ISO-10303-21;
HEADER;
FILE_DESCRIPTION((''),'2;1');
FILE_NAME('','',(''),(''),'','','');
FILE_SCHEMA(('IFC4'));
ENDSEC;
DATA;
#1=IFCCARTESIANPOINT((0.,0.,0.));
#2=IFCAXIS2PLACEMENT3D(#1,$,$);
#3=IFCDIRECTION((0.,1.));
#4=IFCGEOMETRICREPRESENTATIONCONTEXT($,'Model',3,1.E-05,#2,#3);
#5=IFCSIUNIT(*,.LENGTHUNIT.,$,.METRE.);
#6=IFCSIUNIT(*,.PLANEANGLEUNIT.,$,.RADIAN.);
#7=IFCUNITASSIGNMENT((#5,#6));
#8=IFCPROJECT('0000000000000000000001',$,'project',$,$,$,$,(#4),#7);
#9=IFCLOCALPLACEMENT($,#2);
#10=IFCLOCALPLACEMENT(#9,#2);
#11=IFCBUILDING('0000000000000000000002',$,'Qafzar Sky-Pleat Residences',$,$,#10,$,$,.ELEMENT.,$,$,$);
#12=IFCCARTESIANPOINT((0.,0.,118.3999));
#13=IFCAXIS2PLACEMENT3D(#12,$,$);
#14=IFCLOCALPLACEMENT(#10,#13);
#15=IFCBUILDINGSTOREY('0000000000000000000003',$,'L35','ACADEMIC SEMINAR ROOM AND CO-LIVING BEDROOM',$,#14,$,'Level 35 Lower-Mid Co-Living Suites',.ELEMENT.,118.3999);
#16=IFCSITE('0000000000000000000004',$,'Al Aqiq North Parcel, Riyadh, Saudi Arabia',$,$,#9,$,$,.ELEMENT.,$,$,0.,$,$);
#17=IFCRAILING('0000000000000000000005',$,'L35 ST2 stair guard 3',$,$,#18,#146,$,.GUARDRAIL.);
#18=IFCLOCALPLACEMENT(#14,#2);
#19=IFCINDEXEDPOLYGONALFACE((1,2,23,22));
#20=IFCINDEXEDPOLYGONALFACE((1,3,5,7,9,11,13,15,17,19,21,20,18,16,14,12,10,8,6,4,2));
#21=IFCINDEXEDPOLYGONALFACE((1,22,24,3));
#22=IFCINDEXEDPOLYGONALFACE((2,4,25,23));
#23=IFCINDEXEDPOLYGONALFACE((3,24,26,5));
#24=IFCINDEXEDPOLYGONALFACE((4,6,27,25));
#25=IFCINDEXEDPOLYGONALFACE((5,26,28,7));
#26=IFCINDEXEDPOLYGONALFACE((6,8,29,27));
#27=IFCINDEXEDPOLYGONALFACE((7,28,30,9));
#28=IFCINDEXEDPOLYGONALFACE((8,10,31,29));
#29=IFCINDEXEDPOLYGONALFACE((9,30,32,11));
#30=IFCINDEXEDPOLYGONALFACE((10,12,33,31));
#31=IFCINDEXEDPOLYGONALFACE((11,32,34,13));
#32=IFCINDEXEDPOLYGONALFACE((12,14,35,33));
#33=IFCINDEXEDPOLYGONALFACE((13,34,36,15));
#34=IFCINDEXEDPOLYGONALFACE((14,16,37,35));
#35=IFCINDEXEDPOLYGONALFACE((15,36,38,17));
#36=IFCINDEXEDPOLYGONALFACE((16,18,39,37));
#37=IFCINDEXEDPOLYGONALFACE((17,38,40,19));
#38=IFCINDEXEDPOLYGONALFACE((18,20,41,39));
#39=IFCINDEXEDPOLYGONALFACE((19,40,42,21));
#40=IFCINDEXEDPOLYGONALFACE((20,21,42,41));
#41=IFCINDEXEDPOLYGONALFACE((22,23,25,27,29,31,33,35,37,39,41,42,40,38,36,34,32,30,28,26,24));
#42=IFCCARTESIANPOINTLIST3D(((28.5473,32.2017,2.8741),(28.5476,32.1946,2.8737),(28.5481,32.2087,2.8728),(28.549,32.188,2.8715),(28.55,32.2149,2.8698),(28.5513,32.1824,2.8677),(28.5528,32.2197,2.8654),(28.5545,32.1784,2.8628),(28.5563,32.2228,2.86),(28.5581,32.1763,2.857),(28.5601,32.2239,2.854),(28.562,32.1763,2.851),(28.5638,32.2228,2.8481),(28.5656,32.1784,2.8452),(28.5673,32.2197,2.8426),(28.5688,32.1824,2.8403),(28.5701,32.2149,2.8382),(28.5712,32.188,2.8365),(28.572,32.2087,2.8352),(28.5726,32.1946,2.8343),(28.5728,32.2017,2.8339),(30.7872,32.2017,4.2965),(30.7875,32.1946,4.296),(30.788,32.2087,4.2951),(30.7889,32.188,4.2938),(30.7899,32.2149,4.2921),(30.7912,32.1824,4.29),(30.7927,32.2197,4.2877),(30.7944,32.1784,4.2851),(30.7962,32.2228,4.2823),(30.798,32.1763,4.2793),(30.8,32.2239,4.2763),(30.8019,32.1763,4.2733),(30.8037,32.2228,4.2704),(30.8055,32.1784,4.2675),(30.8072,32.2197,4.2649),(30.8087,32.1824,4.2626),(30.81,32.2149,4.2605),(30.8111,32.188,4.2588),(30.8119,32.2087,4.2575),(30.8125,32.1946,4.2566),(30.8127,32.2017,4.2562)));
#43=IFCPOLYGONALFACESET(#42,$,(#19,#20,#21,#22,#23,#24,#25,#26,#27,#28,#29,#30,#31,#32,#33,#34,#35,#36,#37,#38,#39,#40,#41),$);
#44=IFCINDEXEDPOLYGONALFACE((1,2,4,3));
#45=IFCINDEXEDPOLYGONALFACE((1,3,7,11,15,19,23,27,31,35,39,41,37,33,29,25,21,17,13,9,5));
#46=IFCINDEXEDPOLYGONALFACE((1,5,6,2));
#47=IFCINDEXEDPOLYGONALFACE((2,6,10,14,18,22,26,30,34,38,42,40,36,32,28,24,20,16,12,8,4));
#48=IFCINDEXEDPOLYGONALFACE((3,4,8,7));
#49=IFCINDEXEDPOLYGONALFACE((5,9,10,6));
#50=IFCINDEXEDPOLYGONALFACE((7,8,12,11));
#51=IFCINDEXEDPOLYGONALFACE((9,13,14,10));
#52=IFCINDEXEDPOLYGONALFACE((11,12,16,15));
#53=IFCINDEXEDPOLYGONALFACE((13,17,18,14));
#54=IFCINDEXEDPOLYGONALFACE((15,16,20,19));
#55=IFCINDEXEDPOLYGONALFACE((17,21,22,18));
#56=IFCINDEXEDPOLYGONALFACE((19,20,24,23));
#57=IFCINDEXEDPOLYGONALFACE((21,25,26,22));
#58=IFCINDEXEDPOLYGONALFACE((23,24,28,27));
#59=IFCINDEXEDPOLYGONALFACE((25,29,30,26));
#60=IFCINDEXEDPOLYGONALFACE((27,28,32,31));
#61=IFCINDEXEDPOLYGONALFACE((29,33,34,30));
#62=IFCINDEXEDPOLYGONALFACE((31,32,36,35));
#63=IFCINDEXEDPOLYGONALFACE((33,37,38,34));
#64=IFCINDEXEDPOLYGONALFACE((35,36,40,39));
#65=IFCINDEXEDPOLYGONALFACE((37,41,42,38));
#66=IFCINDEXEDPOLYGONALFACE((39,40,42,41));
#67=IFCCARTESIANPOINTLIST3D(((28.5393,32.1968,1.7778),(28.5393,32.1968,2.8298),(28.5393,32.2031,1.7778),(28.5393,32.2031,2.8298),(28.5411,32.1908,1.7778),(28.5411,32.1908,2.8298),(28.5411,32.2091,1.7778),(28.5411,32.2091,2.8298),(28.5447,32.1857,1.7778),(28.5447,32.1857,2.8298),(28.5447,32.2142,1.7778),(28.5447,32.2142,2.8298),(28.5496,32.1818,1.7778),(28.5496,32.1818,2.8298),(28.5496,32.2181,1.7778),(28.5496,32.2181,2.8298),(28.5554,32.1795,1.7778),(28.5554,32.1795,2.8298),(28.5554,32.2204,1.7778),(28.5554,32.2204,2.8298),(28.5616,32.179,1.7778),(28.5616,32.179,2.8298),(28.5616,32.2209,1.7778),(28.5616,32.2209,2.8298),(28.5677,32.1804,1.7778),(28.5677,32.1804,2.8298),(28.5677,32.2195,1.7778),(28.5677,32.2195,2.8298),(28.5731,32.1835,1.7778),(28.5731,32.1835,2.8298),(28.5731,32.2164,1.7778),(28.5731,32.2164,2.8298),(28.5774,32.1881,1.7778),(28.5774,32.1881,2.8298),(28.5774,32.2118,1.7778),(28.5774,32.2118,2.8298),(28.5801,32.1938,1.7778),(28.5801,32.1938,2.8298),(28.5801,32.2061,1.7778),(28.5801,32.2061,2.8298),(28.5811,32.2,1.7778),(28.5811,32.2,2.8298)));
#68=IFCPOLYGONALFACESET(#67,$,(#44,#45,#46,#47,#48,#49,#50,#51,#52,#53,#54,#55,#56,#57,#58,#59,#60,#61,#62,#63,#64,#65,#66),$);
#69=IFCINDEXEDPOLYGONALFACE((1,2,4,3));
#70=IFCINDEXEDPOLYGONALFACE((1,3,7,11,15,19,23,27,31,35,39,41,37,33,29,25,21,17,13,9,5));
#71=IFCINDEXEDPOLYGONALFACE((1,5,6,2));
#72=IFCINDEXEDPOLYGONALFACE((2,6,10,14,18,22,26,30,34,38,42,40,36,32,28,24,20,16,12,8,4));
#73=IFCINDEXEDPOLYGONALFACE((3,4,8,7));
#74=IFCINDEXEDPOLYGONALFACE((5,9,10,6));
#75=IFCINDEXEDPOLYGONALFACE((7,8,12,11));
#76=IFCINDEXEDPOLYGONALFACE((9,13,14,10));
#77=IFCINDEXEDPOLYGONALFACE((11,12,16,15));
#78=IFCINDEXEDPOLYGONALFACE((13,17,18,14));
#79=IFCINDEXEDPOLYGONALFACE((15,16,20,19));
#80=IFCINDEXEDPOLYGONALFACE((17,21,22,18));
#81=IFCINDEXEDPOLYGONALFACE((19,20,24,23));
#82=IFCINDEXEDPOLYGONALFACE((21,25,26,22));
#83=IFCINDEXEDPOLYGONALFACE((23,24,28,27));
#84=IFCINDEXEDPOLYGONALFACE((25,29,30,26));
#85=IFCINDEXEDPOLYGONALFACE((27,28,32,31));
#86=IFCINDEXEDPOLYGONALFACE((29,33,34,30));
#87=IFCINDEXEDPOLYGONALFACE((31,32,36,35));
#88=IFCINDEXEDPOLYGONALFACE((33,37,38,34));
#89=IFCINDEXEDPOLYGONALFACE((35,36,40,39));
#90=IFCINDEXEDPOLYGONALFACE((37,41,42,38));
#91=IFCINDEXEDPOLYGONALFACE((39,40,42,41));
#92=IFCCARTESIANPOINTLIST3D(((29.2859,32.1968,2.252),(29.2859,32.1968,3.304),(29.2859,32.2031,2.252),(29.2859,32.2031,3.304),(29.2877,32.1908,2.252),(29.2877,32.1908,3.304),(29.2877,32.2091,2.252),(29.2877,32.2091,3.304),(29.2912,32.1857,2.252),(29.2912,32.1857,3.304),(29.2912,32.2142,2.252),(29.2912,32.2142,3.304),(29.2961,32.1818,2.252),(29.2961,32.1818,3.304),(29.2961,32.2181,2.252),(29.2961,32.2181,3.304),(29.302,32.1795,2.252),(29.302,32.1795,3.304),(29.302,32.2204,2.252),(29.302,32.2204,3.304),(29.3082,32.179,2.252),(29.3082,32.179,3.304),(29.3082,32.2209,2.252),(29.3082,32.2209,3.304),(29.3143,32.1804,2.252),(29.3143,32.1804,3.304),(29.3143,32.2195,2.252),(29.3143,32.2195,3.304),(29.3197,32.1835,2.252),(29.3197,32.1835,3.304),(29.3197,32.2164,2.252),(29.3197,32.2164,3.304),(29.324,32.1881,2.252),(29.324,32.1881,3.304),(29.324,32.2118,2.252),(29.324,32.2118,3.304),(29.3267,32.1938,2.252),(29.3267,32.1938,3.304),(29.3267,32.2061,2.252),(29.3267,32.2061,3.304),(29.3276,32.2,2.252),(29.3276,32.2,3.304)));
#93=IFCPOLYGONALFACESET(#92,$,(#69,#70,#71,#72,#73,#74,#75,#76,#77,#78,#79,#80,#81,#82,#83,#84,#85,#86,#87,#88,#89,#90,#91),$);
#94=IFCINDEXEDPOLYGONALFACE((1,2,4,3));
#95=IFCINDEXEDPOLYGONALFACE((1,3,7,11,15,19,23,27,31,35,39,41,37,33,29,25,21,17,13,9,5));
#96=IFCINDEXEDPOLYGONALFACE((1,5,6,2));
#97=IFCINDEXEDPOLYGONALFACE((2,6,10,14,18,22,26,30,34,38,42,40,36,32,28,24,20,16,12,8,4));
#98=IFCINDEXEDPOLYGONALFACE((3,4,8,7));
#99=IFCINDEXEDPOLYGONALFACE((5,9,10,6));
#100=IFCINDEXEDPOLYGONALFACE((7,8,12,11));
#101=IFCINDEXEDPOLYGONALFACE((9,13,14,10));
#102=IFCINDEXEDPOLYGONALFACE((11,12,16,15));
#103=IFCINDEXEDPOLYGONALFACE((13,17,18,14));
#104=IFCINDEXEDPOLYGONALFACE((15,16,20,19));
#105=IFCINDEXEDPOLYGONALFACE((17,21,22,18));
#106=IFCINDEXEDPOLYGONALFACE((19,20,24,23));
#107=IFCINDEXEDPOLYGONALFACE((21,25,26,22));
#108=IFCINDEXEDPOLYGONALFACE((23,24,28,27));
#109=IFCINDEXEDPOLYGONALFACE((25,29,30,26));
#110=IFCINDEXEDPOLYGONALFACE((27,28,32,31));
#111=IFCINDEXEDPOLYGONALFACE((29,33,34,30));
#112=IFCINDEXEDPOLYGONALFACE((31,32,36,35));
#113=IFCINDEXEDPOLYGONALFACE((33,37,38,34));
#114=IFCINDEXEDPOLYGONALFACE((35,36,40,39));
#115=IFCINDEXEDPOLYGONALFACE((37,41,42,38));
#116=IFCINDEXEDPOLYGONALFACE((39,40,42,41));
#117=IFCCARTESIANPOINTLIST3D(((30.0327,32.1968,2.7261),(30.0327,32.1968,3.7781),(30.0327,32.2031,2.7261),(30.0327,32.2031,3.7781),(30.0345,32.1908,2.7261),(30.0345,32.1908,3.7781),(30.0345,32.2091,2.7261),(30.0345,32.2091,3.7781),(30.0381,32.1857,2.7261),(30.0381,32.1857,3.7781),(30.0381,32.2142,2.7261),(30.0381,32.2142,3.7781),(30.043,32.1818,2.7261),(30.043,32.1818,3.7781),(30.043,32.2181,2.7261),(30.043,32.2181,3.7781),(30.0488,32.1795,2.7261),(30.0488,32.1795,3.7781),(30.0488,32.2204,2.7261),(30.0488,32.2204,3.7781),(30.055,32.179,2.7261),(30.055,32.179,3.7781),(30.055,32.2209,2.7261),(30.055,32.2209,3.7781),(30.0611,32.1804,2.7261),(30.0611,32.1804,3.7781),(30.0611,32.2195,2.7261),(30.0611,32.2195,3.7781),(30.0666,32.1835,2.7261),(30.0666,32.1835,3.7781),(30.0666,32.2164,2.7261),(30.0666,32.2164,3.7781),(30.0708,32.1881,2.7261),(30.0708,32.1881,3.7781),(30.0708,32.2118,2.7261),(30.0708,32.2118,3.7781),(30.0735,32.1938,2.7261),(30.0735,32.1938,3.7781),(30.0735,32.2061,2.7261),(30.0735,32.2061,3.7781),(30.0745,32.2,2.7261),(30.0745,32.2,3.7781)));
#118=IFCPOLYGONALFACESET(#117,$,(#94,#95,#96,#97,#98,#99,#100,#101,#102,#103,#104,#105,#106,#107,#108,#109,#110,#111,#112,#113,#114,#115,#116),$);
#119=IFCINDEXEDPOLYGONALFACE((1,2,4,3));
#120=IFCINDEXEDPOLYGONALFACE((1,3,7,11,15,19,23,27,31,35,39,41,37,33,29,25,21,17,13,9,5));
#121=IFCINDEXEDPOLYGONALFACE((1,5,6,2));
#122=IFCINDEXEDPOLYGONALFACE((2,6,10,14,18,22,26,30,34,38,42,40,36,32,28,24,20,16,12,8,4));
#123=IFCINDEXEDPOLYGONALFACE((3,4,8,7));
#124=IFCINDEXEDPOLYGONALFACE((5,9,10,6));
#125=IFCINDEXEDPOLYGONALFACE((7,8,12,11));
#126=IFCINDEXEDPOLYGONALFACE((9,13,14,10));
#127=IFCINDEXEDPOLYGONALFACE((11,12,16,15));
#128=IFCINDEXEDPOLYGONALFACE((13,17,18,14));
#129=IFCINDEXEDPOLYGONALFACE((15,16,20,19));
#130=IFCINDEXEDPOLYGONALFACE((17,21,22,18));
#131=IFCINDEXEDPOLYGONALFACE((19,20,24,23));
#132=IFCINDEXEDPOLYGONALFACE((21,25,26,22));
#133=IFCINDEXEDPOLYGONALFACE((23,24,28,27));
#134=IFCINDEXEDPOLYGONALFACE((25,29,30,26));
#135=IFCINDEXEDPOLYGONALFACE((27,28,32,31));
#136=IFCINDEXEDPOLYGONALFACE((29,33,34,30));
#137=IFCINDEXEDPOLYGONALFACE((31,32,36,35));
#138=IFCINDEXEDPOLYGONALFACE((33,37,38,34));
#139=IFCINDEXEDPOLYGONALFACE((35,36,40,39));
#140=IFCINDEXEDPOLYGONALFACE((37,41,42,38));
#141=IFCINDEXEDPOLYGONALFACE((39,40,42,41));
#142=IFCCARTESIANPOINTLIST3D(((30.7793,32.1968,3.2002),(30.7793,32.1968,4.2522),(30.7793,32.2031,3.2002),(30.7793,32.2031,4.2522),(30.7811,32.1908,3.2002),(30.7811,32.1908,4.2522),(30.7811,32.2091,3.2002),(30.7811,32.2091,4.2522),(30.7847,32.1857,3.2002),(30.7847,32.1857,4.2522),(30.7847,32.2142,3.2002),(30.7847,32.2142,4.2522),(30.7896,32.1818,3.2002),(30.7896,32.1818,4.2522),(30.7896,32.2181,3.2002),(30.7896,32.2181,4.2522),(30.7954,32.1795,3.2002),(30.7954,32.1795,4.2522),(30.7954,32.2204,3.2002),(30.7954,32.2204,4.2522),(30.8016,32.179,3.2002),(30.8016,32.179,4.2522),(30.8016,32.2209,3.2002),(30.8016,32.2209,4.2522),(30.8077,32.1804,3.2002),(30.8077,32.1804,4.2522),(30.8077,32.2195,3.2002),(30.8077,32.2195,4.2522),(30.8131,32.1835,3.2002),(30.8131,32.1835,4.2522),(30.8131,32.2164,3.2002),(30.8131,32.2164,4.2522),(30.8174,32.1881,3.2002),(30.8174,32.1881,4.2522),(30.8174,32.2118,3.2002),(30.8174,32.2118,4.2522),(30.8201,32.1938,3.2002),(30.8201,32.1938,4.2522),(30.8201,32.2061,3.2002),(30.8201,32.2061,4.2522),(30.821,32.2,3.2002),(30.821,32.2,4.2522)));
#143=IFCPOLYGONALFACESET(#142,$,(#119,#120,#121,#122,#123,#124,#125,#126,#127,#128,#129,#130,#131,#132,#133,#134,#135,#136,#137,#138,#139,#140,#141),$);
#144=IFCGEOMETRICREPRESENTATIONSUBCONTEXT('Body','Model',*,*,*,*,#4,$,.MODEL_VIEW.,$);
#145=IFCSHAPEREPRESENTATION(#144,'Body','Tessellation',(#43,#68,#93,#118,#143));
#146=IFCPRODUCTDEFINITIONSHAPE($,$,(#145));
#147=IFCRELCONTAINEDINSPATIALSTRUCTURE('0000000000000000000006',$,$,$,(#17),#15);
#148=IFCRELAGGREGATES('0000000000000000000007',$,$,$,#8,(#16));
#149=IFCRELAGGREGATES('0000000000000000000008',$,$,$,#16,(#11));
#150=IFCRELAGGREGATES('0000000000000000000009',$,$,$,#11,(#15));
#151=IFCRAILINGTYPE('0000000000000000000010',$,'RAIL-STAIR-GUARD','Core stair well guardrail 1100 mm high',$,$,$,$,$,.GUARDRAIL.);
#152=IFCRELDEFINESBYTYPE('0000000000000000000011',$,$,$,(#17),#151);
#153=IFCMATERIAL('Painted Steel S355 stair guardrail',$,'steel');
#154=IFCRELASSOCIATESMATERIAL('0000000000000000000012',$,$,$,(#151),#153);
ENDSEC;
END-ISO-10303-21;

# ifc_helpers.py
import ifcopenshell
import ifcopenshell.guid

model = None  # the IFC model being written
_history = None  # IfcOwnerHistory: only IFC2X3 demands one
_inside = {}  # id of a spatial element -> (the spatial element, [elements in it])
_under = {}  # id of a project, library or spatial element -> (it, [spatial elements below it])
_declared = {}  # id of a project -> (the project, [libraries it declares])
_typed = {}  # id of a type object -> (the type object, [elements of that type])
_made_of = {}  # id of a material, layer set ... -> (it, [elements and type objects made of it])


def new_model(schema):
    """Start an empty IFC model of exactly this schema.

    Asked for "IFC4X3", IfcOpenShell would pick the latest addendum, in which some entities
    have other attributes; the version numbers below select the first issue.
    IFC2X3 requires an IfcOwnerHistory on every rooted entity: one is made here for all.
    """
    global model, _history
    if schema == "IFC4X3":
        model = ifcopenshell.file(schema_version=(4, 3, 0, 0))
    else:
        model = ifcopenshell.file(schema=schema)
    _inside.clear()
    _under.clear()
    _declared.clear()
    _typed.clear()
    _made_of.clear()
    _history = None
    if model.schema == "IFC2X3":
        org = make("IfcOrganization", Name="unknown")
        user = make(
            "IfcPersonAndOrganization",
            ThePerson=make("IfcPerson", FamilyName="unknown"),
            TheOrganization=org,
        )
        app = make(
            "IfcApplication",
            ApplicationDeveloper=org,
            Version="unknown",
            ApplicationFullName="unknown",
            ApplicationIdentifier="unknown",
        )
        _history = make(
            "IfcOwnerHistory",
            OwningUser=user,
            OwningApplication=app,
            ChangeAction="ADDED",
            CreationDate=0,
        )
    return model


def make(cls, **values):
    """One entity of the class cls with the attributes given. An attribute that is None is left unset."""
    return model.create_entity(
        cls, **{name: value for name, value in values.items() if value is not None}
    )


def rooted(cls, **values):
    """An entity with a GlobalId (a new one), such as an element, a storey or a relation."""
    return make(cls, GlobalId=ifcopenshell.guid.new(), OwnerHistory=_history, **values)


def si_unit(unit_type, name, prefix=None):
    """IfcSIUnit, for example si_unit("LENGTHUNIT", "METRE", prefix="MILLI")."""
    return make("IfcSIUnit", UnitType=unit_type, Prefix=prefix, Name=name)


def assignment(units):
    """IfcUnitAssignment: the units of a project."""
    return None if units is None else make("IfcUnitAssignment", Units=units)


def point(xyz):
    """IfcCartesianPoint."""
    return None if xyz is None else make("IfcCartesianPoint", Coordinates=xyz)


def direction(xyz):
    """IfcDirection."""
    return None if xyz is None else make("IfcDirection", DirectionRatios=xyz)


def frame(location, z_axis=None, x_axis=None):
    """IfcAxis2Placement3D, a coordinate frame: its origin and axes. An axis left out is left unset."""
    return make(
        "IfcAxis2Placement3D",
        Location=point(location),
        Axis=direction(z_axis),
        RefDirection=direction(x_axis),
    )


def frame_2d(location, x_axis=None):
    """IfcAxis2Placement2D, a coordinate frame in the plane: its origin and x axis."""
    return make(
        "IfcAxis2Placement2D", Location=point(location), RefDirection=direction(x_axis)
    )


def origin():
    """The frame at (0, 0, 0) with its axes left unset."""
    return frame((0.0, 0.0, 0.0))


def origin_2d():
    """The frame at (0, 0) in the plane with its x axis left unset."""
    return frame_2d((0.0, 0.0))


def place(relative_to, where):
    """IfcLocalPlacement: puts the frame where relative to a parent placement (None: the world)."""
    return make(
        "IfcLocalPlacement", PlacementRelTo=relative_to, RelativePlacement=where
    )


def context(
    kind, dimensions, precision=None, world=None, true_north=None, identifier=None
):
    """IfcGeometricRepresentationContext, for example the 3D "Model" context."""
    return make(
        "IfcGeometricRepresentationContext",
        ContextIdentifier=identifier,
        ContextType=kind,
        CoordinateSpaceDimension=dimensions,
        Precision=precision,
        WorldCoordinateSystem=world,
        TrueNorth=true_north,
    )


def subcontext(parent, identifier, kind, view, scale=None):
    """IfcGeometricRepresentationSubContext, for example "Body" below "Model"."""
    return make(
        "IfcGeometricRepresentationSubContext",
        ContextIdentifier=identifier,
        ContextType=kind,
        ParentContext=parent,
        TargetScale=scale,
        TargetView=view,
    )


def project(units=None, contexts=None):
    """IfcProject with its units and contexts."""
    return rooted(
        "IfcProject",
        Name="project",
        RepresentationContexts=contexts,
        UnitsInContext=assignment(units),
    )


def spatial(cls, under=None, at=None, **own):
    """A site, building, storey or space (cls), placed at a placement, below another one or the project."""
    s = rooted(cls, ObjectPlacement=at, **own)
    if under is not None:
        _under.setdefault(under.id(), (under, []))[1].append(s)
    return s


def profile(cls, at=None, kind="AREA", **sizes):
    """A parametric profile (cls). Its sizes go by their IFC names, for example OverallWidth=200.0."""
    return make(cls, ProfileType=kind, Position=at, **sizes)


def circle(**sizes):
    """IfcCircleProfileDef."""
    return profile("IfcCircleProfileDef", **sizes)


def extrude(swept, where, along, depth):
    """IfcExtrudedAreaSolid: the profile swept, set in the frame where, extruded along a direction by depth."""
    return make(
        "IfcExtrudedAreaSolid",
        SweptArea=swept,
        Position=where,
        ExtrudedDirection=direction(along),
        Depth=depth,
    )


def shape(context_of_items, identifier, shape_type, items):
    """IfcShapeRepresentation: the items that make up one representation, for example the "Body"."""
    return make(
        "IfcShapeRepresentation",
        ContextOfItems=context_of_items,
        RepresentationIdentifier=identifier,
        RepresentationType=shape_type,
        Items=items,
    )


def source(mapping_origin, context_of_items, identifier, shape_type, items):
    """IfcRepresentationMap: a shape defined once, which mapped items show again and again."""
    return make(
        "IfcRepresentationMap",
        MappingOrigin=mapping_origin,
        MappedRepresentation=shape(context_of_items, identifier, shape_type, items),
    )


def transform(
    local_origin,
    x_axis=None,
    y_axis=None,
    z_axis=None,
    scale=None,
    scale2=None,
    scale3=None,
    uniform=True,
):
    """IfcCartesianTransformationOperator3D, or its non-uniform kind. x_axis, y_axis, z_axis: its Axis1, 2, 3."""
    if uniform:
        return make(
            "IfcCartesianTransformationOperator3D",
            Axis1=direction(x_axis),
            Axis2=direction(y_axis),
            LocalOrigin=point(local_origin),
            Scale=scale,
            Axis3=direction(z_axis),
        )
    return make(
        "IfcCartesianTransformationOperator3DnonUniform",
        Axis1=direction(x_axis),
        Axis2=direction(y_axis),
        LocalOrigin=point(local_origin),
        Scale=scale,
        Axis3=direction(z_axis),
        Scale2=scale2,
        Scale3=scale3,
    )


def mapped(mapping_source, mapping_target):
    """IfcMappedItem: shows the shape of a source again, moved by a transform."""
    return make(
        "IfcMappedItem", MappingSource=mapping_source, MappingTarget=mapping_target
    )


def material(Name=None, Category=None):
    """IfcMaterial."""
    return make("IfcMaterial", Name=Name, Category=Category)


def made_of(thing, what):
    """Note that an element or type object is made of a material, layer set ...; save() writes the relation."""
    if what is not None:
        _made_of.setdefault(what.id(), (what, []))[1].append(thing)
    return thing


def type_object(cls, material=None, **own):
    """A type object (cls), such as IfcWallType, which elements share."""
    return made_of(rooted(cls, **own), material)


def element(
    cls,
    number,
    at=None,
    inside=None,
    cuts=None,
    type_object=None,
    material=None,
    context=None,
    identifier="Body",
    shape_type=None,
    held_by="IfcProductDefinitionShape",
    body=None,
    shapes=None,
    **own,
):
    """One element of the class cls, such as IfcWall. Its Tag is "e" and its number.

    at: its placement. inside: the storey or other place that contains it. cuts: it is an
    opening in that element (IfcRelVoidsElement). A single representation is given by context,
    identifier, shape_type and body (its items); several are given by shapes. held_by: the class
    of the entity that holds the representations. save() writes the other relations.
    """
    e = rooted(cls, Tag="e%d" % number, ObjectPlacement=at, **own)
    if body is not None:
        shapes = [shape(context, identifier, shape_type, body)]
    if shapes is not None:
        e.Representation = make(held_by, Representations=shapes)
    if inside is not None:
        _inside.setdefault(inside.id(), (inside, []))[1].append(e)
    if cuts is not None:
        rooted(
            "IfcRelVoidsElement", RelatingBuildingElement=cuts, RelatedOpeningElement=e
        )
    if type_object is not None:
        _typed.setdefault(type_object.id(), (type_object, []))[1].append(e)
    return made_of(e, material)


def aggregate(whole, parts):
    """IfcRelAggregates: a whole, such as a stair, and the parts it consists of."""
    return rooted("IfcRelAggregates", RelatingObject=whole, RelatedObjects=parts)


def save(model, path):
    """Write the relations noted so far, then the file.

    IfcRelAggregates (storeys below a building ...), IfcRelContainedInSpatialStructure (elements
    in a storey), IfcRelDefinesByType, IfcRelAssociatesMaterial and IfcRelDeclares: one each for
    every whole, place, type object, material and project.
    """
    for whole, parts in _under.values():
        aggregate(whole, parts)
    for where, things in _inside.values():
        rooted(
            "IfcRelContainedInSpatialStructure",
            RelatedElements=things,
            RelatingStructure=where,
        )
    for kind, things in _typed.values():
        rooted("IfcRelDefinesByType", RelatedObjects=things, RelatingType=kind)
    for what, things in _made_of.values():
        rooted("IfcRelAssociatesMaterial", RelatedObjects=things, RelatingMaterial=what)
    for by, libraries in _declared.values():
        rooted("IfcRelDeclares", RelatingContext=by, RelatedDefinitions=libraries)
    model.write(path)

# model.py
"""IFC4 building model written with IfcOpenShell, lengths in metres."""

from ifc_helpers import new_model, si_unit, direction, frame, origin, origin_2d, place, context, subcontext, project, spatial, circle, extrude, source, transform, mapped, material, type_object, element, save


model = new_model("IFC4")

# Units and contexts
model_context = context("Model", 3, precision=1e-05, world=origin(), true_north=direction((0.0, 1.0)))
body_context = subcontext(model_context, "Body", "Model", "MODEL_VIEW")
ifc_project = project(units=[si_unit("LENGTHUNIT", "METRE"), si_unit("PLANEANGLEUNIT", "RADIAN")], contexts=[model_context])

# Site, building, storey
site_placement = place(None, origin())
site = spatial("IfcSite", under=ifc_project, at=site_placement, Name="Al Aqiq North Parcel, Riyadh, Saudi Arabia", CompositionType="ELEMENT", RefElevation=0.0)
building_placement = place(site_placement, origin())
building = spatial("IfcBuilding", under=site, at=building_placement, Name="Qafzar Sky-Pleat Residences", CompositionType="ELEMENT")
storey_placement = place(building_placement, frame((0.0, 0.0, 118.3999)))
storey = spatial("IfcBuildingStorey", under=building, at=storey_placement, Name="L35", Description="ACADEMIC SEMINAR ROOM AND CO-LIVING BEDROOM", LongName="Level 35 Lower-Mid Co-Living Suites", CompositionType="ELEMENT", Elevation=118.3999)

# Railing
ifc_material_1 = material(Name="Painted Steel S355 stair guardrail", Category="steel")
railing_type_1 = type_object("IfcRailingType", Name="RAIL-STAIR-GUARD", Description="Core stair well guardrail 1100 mm high", PredefinedType="GUARDRAIL", material=ifc_material_1)
shared_shape_1 = source(origin(), body_context, "Body", "SweptSolid", [
    extrude(circle(Radius=0.0239, at=origin_2d()), frame((0.0, 0.0, 1.0762), z_axis=(0.844188, 0.0, 0.536048), x_axis=(0.0, 1.0, 0.0)), (0.0, 0.0, 1.0), 2.6533),
    extrude(circle(Radius=0.021, at=origin_2d()), origin(), (0.0, 0.0, 1.0), 1.052),
    extrude(circle(Radius=0.021, at=origin_2d()), frame((0.7466, 0.0, 0.4741)), (0.0, 0.0, 1.0), 1.052),
    extrude(circle(Radius=0.021, at=origin_2d()), frame((1.4934, 0.0, 0.9482)), (0.0, 0.0, 1.0), 1.052),
    extrude(circle(Radius=0.021, at=origin_2d()), frame((2.24, 0.0, 1.4224)), (0.0, 0.0, 1.0), 1.052),
])
railing_1_placement = place(storey_placement, frame((28.5601, 32.2, 1.7778)))
element("IfcRailing", 1, at=railing_1_placement, inside=storey, type_object=railing_type_1, Name="L35 ST2 stair guard 3", PredefinedType="GUARDRAIL", context=body_context, shape_type="MappedRepresentation", body=[
    mapped(shared_shape_1, transform((0.0, 0.0, 0.0), x_axis=(1.0, 0.0, 0.0), y_axis=(0.0, 1.0, 0.0), z_axis=(0.0, 0.0, 1.0), scale=1.0)),
])

save(model, "model.ifc")
